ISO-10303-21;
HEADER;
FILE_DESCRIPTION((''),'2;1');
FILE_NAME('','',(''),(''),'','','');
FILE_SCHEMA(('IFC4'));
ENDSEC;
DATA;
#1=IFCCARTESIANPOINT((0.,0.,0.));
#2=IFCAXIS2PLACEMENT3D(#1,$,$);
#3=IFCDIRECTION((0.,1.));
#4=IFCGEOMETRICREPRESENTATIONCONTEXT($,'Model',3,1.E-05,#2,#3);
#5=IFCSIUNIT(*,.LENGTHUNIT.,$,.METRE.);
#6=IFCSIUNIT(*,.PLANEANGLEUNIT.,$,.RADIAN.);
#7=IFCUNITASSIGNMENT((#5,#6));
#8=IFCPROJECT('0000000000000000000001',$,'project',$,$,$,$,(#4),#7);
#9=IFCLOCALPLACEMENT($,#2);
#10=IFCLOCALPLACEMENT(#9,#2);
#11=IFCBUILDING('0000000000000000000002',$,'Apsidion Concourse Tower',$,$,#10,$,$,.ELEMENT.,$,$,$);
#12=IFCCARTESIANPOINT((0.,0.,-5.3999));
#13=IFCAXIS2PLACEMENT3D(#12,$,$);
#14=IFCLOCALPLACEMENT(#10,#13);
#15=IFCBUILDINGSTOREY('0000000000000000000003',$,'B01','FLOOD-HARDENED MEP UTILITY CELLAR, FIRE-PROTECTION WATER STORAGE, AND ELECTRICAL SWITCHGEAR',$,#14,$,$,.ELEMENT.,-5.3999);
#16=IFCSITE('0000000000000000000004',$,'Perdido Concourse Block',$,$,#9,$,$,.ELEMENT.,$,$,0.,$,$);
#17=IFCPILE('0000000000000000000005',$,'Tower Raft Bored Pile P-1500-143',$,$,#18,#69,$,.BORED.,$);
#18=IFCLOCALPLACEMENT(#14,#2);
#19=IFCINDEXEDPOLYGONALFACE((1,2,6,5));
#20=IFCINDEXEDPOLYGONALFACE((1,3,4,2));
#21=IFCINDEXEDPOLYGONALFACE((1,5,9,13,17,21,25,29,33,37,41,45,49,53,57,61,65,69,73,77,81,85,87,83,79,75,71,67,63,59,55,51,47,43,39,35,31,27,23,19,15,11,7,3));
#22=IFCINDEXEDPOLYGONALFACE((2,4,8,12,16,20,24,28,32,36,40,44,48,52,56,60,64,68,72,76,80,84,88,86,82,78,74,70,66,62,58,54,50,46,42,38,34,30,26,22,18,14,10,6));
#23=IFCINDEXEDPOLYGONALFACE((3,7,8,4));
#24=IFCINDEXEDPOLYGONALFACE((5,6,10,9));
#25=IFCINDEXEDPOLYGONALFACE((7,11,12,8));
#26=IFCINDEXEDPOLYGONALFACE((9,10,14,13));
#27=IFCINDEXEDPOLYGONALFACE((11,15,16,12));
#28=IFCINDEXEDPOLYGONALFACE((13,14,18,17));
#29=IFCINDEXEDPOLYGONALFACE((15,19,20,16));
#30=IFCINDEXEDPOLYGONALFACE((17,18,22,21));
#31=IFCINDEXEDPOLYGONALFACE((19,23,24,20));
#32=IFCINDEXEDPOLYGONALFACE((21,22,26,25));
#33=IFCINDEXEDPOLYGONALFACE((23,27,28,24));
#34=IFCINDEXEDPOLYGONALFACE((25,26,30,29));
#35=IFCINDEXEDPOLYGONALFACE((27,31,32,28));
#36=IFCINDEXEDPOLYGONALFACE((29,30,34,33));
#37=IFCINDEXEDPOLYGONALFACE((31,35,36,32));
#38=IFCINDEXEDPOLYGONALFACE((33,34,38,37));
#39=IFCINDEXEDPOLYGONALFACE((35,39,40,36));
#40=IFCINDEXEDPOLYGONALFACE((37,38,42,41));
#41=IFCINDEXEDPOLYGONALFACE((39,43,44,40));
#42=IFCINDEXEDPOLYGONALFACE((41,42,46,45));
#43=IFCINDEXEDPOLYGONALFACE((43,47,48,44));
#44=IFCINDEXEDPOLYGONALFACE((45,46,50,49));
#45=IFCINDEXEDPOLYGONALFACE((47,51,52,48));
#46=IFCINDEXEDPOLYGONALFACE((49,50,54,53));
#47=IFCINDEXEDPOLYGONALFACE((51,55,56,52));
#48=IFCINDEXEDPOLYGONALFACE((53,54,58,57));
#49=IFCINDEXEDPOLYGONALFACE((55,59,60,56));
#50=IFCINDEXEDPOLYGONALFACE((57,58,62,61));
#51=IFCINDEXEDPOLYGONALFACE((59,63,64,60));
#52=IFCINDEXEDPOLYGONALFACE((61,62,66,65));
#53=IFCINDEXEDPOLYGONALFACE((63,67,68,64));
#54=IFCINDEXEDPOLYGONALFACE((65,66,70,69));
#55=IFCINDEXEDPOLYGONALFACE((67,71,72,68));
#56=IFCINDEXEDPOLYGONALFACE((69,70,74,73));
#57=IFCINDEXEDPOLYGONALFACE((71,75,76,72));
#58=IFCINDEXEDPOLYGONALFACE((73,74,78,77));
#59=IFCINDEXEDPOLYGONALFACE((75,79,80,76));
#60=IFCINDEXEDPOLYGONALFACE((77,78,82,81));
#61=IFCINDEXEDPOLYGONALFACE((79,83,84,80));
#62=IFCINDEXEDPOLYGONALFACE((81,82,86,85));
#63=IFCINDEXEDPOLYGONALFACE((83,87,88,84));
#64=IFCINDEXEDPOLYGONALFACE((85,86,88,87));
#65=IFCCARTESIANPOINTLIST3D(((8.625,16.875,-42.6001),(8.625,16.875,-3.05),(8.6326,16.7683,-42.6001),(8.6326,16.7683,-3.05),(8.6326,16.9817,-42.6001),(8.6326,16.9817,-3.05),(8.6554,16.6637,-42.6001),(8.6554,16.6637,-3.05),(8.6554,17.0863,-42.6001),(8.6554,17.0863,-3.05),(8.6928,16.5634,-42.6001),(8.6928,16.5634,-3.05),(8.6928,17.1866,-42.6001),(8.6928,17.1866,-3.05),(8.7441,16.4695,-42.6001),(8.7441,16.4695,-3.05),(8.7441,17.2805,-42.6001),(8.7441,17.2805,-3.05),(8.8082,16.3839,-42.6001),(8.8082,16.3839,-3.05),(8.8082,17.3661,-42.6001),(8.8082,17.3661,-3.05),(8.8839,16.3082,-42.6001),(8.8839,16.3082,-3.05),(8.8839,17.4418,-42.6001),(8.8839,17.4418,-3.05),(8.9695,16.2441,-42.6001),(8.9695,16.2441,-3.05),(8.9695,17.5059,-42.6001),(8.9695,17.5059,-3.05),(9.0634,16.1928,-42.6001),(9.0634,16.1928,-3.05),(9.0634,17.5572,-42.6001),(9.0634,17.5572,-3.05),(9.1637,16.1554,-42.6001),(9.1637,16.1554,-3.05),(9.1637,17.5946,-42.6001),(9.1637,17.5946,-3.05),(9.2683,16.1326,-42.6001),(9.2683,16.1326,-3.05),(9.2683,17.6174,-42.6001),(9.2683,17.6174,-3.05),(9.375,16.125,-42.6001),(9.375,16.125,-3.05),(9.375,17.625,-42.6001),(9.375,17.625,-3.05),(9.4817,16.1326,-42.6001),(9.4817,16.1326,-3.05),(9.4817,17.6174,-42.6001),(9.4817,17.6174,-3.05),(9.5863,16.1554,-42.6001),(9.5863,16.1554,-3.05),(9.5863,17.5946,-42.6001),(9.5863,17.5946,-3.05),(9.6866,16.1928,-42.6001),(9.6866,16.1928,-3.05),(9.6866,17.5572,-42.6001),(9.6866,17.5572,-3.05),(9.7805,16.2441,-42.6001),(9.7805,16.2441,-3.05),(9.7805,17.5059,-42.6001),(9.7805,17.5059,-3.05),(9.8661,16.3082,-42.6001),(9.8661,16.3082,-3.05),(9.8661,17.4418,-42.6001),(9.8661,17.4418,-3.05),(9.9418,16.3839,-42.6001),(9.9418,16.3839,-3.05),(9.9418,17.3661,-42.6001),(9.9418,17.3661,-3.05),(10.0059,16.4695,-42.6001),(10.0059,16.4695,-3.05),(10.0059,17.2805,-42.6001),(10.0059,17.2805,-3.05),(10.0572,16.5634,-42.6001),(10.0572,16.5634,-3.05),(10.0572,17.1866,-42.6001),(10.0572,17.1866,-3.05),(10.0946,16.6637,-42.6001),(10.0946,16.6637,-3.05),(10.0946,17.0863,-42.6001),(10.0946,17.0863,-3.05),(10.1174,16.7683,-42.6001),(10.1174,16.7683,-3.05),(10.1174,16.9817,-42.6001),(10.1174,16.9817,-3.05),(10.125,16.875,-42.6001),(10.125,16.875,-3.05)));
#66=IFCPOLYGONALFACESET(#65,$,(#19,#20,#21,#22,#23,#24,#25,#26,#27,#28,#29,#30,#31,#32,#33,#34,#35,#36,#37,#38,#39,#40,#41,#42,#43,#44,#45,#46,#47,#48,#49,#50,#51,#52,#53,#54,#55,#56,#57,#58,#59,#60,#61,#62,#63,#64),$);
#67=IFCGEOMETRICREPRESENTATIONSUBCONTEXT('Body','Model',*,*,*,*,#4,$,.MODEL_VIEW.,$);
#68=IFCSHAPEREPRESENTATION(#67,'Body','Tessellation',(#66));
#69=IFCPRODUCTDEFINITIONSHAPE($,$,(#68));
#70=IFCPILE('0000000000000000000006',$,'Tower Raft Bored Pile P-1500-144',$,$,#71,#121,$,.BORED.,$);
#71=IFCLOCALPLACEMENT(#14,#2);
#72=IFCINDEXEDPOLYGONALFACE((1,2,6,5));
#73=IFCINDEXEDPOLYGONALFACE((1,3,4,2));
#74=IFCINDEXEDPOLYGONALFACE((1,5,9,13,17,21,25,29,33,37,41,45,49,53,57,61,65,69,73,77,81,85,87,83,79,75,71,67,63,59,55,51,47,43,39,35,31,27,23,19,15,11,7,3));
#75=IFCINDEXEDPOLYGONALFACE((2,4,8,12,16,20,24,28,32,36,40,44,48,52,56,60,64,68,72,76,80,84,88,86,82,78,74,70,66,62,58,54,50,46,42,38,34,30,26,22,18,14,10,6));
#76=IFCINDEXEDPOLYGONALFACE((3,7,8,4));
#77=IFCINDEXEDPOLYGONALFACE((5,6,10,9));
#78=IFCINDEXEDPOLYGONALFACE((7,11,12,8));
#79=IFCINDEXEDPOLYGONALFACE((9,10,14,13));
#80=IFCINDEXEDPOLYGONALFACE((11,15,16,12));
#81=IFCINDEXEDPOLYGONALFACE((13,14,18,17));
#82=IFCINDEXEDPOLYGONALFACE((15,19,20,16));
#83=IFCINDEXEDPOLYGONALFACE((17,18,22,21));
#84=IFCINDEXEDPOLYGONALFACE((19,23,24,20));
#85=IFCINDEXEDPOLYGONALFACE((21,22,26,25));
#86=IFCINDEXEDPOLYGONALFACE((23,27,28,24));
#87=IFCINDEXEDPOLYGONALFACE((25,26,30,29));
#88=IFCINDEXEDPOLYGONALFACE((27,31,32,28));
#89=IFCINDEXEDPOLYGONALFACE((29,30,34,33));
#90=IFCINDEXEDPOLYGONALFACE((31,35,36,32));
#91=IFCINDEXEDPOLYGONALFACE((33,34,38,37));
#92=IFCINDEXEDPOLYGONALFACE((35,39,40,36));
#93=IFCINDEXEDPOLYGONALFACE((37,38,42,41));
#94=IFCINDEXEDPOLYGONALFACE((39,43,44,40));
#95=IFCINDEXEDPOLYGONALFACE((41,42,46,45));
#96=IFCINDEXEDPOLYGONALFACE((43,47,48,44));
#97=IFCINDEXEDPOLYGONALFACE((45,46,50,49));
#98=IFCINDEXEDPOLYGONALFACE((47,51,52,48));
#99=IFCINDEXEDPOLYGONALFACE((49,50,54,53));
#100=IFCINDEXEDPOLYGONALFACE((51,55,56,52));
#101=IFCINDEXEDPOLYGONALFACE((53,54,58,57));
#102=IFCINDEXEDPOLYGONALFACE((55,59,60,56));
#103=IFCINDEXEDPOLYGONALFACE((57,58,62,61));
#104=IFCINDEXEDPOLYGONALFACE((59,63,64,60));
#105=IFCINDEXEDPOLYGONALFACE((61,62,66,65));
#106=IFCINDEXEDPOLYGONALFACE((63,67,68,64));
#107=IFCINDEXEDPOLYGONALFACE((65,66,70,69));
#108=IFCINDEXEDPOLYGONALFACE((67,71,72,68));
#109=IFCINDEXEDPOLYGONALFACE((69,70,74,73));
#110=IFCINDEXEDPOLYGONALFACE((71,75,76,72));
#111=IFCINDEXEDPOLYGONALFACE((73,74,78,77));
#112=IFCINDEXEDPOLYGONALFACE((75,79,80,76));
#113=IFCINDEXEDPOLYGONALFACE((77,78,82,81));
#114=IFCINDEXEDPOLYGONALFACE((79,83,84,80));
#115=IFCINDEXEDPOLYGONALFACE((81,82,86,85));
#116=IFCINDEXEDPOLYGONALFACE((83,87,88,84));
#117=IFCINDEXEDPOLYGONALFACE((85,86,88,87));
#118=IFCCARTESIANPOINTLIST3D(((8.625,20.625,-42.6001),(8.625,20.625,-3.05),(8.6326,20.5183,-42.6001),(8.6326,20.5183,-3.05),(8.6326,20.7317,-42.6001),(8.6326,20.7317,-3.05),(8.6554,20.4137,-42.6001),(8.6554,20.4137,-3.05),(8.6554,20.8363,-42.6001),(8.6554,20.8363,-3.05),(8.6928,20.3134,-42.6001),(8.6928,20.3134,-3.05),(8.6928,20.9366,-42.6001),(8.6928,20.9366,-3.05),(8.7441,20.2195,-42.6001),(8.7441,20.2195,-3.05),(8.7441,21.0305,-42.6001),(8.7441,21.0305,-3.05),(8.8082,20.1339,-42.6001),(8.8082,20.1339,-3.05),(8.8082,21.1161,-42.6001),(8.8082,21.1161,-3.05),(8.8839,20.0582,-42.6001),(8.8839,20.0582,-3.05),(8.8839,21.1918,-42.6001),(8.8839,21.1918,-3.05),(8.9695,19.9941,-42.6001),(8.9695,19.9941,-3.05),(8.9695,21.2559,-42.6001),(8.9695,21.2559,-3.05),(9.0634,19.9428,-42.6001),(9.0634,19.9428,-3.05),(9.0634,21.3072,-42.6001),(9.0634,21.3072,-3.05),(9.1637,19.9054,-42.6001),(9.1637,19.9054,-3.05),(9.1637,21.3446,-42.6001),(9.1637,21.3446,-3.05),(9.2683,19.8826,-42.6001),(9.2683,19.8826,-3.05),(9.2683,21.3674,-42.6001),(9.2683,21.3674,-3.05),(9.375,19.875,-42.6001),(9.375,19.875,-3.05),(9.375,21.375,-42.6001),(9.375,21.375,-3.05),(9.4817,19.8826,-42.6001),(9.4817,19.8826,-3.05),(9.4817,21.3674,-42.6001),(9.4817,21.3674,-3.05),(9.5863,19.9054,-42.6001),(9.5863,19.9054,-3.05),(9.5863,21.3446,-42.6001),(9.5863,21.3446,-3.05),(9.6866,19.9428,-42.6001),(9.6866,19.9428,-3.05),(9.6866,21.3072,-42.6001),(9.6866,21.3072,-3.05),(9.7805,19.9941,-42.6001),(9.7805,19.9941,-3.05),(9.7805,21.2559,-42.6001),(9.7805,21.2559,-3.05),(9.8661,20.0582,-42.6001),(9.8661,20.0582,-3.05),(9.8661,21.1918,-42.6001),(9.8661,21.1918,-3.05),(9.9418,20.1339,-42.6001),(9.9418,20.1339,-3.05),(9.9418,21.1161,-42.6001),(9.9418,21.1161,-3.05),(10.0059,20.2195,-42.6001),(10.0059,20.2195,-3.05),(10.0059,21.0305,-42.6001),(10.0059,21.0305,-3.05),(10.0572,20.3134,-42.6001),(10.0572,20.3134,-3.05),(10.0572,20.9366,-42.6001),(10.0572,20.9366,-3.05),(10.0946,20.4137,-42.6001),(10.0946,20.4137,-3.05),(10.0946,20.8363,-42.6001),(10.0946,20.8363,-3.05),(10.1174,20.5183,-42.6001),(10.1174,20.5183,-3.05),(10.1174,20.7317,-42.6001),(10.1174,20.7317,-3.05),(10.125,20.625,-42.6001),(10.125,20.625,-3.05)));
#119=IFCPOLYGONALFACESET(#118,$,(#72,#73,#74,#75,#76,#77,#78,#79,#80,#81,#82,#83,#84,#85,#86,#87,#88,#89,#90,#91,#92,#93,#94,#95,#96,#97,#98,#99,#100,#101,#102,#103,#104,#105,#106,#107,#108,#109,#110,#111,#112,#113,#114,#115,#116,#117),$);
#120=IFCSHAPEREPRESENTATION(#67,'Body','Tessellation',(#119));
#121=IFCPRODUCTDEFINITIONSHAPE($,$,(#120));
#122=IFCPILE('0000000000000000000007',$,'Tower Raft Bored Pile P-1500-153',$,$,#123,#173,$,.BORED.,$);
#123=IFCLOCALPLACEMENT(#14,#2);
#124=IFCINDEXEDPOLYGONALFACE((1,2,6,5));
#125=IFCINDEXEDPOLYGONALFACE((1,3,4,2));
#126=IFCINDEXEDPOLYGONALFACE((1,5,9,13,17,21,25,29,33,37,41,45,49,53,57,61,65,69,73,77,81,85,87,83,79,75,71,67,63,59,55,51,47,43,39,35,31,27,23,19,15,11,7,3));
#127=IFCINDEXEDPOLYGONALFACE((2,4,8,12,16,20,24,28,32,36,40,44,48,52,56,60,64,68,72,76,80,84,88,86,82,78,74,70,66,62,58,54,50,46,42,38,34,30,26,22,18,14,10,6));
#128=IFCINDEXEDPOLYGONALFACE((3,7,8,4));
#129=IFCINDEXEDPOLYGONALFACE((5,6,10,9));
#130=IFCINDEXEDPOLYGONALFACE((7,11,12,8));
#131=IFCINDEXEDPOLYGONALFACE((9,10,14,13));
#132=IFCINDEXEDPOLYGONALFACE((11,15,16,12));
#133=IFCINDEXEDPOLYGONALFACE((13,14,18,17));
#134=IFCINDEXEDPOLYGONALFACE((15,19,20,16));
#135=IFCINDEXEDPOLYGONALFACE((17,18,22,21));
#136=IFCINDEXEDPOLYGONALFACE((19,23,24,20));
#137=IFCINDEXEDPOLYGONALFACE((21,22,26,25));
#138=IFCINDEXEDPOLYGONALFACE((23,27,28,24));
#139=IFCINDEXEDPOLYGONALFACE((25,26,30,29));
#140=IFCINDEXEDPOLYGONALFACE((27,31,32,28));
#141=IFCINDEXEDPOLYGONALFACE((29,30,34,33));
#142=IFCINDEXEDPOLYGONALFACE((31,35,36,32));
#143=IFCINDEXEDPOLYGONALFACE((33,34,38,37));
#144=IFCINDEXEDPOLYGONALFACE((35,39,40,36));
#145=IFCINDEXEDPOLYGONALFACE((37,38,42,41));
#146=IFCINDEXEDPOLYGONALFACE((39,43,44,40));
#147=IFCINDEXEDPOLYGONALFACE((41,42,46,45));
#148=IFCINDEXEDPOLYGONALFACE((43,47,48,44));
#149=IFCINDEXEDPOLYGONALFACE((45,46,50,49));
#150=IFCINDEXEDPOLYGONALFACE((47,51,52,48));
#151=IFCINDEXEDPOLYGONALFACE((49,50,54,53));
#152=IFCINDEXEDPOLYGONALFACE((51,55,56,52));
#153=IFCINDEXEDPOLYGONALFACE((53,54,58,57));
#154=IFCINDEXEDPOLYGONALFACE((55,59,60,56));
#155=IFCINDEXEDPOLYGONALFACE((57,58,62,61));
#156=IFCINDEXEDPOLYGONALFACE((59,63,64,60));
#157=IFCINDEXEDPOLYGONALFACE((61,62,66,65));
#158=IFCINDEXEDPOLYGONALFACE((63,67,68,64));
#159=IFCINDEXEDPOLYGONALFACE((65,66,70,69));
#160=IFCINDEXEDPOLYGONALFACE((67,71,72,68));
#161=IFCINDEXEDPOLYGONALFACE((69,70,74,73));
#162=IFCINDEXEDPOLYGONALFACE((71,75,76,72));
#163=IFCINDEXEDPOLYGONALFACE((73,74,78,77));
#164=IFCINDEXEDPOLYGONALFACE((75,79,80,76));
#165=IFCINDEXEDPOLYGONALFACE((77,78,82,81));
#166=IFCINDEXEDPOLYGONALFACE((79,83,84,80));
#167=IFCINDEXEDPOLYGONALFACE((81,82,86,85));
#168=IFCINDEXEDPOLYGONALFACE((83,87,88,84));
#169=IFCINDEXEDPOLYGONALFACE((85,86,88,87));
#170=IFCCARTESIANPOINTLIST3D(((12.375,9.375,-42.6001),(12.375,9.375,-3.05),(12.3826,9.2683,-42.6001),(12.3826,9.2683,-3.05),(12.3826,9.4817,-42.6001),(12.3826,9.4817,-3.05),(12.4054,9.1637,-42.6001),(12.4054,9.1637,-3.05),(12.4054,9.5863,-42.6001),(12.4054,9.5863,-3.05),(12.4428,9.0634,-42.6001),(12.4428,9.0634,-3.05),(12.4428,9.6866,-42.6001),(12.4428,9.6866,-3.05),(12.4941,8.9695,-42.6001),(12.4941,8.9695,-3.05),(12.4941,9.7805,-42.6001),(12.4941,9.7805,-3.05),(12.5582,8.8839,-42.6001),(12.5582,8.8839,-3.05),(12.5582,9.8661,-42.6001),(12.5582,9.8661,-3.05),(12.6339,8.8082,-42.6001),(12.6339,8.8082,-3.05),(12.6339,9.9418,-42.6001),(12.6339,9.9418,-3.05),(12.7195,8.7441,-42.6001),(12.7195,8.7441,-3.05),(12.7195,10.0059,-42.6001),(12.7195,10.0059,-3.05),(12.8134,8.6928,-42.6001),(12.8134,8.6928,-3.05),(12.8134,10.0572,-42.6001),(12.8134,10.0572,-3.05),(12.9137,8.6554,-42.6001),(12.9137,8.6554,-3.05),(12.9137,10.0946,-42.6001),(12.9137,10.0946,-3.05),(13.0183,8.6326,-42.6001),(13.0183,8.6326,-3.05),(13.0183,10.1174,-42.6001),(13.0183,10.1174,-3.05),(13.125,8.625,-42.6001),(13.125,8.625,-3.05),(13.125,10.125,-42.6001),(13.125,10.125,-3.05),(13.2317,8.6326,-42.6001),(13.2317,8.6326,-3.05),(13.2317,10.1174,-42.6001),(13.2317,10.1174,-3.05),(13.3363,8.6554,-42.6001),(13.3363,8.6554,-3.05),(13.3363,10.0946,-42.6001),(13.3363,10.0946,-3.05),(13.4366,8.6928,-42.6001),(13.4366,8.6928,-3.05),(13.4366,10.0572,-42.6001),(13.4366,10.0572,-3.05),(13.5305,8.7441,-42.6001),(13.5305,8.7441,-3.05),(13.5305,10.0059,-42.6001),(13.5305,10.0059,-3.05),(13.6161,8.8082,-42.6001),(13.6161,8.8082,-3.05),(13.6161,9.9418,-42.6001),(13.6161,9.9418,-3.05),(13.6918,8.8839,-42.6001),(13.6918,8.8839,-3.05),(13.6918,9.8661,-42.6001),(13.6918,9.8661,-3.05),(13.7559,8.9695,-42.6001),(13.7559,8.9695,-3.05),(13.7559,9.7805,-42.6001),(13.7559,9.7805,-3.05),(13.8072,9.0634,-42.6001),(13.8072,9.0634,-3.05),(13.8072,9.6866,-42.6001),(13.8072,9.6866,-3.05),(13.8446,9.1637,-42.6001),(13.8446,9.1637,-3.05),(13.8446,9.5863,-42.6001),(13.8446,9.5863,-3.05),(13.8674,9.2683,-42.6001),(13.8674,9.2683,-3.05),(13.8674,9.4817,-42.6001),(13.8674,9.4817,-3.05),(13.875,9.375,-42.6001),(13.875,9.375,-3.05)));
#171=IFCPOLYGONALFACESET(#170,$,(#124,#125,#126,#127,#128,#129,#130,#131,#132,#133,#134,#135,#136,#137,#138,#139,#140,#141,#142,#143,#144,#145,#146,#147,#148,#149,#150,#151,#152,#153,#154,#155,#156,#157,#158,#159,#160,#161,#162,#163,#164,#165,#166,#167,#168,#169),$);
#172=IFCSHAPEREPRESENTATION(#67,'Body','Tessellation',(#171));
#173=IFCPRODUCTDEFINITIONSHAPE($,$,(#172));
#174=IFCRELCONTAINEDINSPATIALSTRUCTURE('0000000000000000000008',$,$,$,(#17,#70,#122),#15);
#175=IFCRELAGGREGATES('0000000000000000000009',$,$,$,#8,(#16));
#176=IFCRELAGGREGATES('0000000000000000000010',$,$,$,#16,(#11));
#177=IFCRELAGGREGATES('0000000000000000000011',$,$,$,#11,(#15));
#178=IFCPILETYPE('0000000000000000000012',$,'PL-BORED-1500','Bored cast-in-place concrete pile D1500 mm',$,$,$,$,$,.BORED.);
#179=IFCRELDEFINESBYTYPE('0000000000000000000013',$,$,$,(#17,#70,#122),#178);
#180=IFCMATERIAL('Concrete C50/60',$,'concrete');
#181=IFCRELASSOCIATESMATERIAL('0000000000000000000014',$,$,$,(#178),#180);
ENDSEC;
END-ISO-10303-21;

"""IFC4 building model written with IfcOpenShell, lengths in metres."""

from ifc_helpers import new_model, si_unit, direction, frame, origin, origin_2d, place, context, subcontext, project, spatial, circle, extrude, material, material_profile, profile_set, type_object, element, save


model = new_model("IFC4")

# Units and contexts
model_context = context("Model", 3, precision=1e-05, world=origin(), true_north=direction((0.0, 1.0)))
body_context = subcontext(model_context, "Body", "Model", "MODEL_VIEW")
ifc_project = project(units=[si_unit("LENGTHUNIT", "METRE"), si_unit("PLANEANGLEUNIT", "RADIAN")], contexts=[model_context])

# Site, building, storey
site_placement = place(None, origin())
site = spatial("IfcSite", under=ifc_project, at=site_placement, Name="Perdido Concourse Block", CompositionType="ELEMENT", RefElevation=0.0)
building_placement = place(site_placement, origin())
building = spatial("IfcBuilding", under=site, at=building_placement, Name="Apsidion Concourse Tower", CompositionType="ELEMENT")
storey_placement = place(building_placement, frame((0.0, 0.0, -5.3999)))
storey = spatial("IfcBuildingStorey", under=building, at=storey_placement, Name="B01", Description="FLOOD-HARDENED MEP UTILITY CELLAR, FIRE-PROTECTION WATER STORAGE, AND ELECTRICAL SWITCHGEAR", CompositionType="ELEMENT", Elevation=-5.3999)

# Shared definitions
ifc_material_1 = material(Name="Concrete C50/60", Category="concrete")

# Piles
ifc_material_profile_1 = material_profile(ifc_material_1, circle(Radius=0.75, at=origin_2d()), Name="BORED PILE D1500")
ifc_profile_set_1 = profile_set([ifc_material_profile_1], Name="Concrete C50/60")
pile_type_1 = type_object("IfcPileType", Name="PL-BORED-1500", Description="Bored cast-in-place concrete pile D1500 mm", PredefinedType="BORED", material=ifc_profile_set_1)
for number, where, z_axis, x_axis, name in (
    (1, (9.375, 16.875, -3.05), (0.0, 0.0, -1.0), (1.0, 0.0, 0.0), "Tower Raft Bored Pile P-1500-143"),
    (2, (9.375, 20.625, -3.05), (0.0, 0.0, -1.0), (1.0, 0.0, 0.0), "Tower Raft Bored Pile P-1500-144"),
    (3, (13.125, 9.375, -3.05), (0.0, 0.0, -1.0), (1.0, 0.0, 0.0), "Tower Raft Bored Pile P-1500-153"),
):
    element("IfcPile", number, at=place(storey_placement, frame(where, z_axis=z_axis, x_axis=x_axis)), inside=storey, type_object=pile_type_1, Name=name, PredefinedType="BORED", context=body_context, shape_type="SweptSolid", body=[
        extrude(circle(Radius=0.75, at=origin_2d()), origin(), (0.0, 0.0, 1.0), 39.55),
    ])

save(model, "model.ifc")
